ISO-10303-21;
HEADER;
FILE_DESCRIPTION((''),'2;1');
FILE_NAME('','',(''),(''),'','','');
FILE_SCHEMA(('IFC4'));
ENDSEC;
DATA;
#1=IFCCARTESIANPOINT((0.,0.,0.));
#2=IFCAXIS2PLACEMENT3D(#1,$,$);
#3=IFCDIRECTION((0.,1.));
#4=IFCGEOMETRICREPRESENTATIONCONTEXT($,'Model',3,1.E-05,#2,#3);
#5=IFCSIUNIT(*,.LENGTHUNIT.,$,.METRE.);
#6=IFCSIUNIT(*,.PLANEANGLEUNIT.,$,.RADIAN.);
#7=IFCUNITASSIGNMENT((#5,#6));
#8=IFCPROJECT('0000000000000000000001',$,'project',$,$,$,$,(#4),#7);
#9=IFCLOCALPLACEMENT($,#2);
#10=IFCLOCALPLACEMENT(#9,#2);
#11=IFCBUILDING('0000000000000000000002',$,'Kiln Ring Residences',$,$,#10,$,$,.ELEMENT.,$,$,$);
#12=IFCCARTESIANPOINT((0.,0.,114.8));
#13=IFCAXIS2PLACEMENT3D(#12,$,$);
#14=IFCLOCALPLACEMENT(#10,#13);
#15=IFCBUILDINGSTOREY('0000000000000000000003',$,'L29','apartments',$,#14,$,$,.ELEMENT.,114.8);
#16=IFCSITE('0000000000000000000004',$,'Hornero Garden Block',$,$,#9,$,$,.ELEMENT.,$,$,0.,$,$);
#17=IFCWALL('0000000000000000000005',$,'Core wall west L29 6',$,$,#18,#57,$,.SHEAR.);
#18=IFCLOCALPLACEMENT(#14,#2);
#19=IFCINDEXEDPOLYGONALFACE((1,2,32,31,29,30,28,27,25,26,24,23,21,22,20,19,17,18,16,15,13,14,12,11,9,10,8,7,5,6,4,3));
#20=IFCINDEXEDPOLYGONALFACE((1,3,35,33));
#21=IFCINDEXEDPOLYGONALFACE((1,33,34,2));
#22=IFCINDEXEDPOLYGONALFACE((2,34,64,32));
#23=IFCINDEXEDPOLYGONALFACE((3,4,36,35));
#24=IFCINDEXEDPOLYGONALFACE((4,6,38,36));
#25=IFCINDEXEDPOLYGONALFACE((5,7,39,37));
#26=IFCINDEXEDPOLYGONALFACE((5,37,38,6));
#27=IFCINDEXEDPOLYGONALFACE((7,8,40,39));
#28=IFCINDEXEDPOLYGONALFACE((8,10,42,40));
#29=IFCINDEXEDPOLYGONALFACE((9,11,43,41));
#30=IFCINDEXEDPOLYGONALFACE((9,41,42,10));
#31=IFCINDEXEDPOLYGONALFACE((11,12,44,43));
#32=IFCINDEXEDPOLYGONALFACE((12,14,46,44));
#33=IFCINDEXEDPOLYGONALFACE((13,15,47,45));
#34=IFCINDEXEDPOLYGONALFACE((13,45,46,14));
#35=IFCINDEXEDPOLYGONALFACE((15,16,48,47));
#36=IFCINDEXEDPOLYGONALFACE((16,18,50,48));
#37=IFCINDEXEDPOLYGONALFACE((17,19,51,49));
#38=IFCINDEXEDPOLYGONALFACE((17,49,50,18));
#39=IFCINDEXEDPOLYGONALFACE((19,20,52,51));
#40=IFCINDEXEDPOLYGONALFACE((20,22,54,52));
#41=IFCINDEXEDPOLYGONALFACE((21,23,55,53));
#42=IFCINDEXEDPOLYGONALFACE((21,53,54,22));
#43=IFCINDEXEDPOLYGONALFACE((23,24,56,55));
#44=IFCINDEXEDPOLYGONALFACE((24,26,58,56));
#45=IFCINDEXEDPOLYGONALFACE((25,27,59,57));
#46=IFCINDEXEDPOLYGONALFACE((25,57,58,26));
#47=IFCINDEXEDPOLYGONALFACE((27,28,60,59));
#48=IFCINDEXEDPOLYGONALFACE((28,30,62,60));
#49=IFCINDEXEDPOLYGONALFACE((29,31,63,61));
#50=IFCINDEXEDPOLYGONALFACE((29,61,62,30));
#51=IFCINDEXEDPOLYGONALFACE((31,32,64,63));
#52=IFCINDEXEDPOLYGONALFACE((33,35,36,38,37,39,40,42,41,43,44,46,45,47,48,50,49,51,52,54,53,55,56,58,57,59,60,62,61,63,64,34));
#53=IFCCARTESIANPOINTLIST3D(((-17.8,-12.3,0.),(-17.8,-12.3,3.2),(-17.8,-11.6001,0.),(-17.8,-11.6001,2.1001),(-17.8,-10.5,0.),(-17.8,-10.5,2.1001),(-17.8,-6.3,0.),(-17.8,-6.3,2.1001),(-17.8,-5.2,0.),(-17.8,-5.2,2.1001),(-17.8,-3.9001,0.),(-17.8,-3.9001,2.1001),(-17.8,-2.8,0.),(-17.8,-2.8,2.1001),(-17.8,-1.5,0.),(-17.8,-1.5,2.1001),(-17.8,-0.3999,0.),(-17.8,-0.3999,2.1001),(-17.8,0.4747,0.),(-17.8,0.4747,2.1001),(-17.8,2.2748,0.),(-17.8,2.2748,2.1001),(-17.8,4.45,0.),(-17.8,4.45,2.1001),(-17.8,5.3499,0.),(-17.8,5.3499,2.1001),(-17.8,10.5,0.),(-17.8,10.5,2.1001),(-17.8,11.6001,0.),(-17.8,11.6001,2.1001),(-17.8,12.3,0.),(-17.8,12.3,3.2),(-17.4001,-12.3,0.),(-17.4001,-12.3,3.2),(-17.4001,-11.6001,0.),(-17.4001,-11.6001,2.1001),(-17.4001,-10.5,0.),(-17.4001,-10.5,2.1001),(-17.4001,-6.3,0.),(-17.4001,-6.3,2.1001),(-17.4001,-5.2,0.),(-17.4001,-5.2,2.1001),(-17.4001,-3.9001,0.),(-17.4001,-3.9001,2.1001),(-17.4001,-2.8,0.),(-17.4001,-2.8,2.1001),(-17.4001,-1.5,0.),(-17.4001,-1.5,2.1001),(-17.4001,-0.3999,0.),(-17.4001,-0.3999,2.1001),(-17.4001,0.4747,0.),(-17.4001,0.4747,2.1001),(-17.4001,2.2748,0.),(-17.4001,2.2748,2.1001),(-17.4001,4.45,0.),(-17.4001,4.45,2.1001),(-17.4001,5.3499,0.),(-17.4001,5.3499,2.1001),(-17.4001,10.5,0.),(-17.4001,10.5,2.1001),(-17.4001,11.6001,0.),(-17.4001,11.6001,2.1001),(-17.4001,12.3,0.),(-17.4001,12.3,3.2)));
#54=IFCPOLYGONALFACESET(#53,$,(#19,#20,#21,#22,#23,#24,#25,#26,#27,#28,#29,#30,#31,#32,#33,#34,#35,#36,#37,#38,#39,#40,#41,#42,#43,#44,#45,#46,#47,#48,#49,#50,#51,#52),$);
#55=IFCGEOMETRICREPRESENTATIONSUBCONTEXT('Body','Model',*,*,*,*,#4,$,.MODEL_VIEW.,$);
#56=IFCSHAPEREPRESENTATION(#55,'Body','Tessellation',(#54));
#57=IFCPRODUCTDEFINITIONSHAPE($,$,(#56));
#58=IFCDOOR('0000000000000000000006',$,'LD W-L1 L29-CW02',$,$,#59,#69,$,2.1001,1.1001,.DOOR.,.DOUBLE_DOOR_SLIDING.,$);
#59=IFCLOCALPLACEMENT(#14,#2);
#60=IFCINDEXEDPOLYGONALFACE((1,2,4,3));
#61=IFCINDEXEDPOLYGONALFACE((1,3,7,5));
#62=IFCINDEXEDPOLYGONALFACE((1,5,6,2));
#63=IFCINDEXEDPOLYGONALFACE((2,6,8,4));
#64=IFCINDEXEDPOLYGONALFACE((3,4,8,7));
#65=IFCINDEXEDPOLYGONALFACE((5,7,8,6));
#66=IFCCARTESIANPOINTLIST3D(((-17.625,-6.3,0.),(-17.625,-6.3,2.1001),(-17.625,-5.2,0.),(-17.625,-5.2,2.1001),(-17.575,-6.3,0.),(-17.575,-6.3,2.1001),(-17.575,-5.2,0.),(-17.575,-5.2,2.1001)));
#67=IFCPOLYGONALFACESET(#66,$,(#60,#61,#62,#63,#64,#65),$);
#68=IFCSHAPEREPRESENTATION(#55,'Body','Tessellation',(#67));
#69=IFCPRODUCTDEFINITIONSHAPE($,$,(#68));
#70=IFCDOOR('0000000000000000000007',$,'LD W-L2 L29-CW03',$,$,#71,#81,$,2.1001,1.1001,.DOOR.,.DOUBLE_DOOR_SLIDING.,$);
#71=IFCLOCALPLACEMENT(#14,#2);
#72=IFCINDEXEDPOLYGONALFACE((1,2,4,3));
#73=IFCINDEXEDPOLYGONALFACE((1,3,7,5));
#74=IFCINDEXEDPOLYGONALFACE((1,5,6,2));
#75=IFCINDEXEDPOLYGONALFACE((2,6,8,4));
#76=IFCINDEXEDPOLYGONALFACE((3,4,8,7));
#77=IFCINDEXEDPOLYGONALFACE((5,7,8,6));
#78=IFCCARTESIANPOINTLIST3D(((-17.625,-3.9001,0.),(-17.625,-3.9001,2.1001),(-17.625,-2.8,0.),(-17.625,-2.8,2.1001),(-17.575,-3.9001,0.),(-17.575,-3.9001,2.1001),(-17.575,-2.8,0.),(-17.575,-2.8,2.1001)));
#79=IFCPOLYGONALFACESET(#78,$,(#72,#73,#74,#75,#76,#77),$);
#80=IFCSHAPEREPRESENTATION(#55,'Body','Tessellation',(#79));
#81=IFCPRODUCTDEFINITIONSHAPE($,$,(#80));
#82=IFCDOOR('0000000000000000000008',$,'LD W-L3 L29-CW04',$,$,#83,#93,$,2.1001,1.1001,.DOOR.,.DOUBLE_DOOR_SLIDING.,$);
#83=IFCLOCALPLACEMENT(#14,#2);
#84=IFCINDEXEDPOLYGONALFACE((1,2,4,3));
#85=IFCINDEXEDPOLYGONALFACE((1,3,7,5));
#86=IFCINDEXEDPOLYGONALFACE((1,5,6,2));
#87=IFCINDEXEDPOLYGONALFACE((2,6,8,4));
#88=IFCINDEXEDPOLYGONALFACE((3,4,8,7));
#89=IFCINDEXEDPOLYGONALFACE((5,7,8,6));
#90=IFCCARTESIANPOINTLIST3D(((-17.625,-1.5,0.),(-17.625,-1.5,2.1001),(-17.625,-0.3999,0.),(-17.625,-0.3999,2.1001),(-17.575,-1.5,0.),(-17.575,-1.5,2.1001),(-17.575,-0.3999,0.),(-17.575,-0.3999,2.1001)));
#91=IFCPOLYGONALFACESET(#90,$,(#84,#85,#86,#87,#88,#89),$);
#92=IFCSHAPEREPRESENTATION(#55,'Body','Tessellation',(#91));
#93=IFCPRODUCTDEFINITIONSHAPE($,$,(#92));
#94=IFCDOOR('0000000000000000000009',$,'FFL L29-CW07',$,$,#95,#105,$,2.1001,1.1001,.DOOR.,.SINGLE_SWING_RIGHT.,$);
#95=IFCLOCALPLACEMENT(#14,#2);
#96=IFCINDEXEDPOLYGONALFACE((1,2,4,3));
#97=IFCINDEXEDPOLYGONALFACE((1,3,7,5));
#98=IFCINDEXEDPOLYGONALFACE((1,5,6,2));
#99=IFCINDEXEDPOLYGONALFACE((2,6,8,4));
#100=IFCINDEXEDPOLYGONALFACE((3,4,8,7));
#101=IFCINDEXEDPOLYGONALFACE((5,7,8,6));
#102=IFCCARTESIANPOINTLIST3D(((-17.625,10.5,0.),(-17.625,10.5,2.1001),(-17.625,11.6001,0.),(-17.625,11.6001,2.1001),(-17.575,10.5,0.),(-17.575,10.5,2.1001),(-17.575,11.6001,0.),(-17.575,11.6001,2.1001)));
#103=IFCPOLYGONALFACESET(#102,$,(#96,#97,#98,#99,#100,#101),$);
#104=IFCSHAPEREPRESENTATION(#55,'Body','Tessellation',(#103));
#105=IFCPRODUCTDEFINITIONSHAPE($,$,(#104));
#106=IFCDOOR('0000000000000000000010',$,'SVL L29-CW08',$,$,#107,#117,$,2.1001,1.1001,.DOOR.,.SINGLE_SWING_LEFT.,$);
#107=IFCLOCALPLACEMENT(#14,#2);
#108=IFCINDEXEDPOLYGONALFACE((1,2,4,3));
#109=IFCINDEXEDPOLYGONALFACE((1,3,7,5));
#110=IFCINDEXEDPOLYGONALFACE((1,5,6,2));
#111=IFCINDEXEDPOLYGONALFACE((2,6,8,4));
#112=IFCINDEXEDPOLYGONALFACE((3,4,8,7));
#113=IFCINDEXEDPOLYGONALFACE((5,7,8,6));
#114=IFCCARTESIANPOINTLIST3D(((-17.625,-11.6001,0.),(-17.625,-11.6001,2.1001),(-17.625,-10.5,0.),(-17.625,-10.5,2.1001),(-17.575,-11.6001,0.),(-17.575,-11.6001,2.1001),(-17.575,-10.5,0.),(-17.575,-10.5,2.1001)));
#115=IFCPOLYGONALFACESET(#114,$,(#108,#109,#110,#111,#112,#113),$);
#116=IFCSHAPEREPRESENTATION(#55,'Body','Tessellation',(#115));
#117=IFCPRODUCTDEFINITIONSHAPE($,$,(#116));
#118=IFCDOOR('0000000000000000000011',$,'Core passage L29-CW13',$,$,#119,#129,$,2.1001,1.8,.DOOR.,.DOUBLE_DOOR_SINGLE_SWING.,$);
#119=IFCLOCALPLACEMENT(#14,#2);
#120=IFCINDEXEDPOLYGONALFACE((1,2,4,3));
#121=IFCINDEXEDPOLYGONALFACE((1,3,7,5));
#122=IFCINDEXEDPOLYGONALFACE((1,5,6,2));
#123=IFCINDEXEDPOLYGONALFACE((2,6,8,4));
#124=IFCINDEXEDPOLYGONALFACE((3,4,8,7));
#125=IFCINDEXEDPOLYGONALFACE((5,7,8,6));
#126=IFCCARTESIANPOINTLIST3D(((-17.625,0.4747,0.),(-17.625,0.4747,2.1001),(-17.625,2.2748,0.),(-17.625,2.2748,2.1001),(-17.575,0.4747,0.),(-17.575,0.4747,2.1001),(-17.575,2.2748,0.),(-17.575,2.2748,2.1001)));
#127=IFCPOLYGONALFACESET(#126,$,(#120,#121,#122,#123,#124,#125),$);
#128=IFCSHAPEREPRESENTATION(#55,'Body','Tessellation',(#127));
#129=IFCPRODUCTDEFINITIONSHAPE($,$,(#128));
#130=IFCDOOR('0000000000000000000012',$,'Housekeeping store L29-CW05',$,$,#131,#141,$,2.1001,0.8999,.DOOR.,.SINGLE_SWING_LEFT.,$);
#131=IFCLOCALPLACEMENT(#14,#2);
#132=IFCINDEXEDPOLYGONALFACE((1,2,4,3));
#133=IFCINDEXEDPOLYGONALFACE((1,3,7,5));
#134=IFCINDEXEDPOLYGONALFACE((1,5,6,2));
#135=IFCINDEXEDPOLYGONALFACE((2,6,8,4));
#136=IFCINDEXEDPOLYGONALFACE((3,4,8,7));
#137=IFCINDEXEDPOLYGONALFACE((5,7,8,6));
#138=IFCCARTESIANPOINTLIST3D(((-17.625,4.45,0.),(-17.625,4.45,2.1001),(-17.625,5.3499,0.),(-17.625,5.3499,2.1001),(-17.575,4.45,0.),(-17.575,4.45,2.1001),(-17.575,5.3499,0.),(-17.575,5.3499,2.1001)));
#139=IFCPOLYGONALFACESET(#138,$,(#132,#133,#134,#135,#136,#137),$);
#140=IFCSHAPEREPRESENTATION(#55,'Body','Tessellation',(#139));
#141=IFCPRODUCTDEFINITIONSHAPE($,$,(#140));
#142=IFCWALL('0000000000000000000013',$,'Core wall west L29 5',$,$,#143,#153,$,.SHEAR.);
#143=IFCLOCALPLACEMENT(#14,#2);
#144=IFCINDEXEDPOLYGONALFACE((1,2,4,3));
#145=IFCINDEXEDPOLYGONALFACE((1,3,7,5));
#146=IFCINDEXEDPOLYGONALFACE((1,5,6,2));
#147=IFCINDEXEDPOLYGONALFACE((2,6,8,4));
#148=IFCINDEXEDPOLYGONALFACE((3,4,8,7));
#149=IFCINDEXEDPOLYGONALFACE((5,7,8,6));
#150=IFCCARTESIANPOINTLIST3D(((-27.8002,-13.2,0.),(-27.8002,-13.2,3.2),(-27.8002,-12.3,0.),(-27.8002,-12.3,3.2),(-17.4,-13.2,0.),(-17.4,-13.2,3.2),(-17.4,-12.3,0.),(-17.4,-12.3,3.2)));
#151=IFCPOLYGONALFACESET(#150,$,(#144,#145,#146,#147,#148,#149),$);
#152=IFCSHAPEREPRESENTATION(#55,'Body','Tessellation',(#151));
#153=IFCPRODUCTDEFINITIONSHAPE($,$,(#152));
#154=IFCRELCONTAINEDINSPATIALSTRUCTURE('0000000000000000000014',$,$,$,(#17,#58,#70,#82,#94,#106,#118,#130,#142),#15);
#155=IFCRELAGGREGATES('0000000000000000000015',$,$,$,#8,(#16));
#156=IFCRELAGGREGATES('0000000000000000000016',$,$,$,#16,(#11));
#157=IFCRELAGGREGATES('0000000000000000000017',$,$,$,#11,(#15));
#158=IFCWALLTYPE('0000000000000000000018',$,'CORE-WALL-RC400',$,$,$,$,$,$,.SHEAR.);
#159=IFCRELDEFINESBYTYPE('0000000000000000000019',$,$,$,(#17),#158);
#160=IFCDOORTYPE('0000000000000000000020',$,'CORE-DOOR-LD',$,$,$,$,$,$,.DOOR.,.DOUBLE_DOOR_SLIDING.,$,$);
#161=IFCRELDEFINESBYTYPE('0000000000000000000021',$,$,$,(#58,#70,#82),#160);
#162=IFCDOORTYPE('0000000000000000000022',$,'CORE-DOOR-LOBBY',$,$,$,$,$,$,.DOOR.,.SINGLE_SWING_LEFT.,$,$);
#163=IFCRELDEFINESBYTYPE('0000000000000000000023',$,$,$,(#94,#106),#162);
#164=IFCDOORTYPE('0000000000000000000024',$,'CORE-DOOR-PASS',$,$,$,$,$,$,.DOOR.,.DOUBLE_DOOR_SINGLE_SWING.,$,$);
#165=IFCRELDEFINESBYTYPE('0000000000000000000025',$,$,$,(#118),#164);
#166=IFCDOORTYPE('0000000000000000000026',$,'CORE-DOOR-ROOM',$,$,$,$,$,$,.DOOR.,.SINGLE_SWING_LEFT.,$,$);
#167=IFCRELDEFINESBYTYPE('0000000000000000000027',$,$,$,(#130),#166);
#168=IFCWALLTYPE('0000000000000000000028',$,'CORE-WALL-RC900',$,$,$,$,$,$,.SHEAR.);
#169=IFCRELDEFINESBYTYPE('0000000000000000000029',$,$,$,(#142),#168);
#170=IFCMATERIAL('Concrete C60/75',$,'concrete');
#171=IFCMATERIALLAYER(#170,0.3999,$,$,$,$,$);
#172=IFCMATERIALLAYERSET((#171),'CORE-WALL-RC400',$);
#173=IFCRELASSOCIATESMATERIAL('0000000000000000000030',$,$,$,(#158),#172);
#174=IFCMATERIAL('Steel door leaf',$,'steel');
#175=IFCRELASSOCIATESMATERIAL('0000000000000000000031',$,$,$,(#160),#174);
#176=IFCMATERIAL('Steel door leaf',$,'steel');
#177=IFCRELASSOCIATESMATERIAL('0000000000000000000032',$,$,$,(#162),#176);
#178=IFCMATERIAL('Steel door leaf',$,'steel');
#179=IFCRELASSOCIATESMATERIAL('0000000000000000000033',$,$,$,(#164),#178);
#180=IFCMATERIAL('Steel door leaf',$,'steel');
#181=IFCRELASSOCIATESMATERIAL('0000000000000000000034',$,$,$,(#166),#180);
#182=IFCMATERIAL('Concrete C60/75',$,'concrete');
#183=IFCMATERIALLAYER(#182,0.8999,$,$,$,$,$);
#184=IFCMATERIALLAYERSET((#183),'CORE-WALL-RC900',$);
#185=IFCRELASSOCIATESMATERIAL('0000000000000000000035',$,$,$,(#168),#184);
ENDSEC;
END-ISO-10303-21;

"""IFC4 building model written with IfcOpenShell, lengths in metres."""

from ifc_helpers import new_model, si_unit, direction, frame, frame_2d, origin, place, context, subcontext, project, spatial, rectangle, extrude, material, layer, layer_set, type_object, element, fill, save


model = new_model("IFC4")

# Units and contexts
model_context = context("Model", 3, precision=1e-05, world=origin(), true_north=direction((0.0, 1.0)))
body_context = subcontext(model_context, "Body", "Model", "MODEL_VIEW")
ifc_project = project(units=[si_unit("LENGTHUNIT", "METRE"), si_unit("PLANEANGLEUNIT", "RADIAN")], contexts=[model_context])

# Site, building, storey
site_placement = place(None, origin())
site = spatial("IfcSite", under=ifc_project, at=site_placement, Name="Hornero Garden Block", CompositionType="ELEMENT", RefElevation=0.0)
building_placement = place(site_placement, origin())
building = spatial("IfcBuilding", under=site, at=building_placement, Name="Kiln Ring Residences", CompositionType="ELEMENT")
storey_placement = place(building_placement, frame((0.0, 0.0, 114.8)))
storey = spatial("IfcBuildingStorey", under=building, at=storey_placement, Name="L29", Description="apartments", CompositionType="ELEMENT", Elevation=114.8)

# Wall, openings, doors
ifc_material_1 = material(Name="Concrete C60/75", Category="concrete")
ifc_layer_1 = layer(ifc_material_1, 0.3999)
ifc_layer_set_1 = layer_set([ifc_layer_1], Name="CORE-WALL-RC400")
wall_type_1 = type_object("IfcWallType", Name="CORE-WALL-RC400", PredefinedType="SHEAR", material=ifc_layer_set_1)
wall_1_placement = place(storey_placement, frame((-17.6001, -12.3, 0.0), z_axis=(0.0, 0.0, 1.0), x_axis=(0.0, 1.0, 0.0)))
wall_1 = element("IfcWall", 1, at=wall_1_placement, inside=storey, type_object=wall_type_1, Name="Core wall west L29 6", PredefinedType="SHEAR", context=body_context, shape_type="SweptSolid", body=[
    extrude(rectangle(XDim=24.6001, YDim=0.3999, at=frame_2d((12.3, 0.0))), origin(), (0.0, 0.0, 1.0), 3.2),
])
opening_1_placement = place(wall_1_placement, frame((6.0, 0.0, 0.0)))
opening_1 = element("IfcOpeningElement", 2, at=opening_1_placement, cuts=wall_1, PredefinedType="OPENING", context=body_context, shape_type="SweptSolid", body=[
    extrude(rectangle(XDim=1.1001, YDim=2.1001, at=frame_2d((0.55, 1.05))), frame((0.0, 0.21, 0.0), z_axis=(0.0, -1.0, 0.0), x_axis=(1.0, 0.0, 0.0)), (0.0, 0.0, 1.0), 0.4199),
])
opening_2_placement = place(wall_1_placement, frame((8.3999, 0.0, 0.0)))
opening_2 = element("IfcOpeningElement", 3, at=opening_2_placement, cuts=wall_1, PredefinedType="OPENING", context=body_context, shape_type="SweptSolid", body=[
    extrude(rectangle(XDim=1.1001, YDim=2.1001, at=frame_2d((0.55, 1.05))), frame((0.0, 0.21, 0.0), z_axis=(0.0, -1.0, 0.0), x_axis=(1.0, 0.0, 0.0)), (0.0, 0.0, 1.0), 0.4199),
])
opening_3_placement = place(wall_1_placement, frame((10.8, 0.0, 0.0)))
opening_3 = element("IfcOpeningElement", 4, at=opening_3_placement, cuts=wall_1, PredefinedType="OPENING", context=body_context, shape_type="SweptSolid", body=[
    extrude(rectangle(XDim=1.1001, YDim=2.1001, at=frame_2d((0.55, 1.05))), frame((0.0, 0.21, 0.0), z_axis=(0.0, -1.0, 0.0), x_axis=(1.0, 0.0, 0.0)), (0.0, 0.0, 1.0), 0.4199),
])
opening_4_placement = place(wall_1_placement, frame((16.75, 0.0, 0.0)))
opening_4 = element("IfcOpeningElement", 5, at=opening_4_placement, cuts=wall_1, PredefinedType="OPENING", context=body_context, shape_type="SweptSolid", body=[
    extrude(rectangle(XDim=0.8999, YDim=2.1001, at=frame_2d((0.45, 1.05))), frame((0.0, 0.21, 0.0), z_axis=(0.0, -1.0, 0.0), x_axis=(1.0, 0.0, 0.0)), (0.0, 0.0, 1.0), 0.4199),
])
opening_5_placement = place(wall_1_placement, frame((22.8, 0.0, 0.0)))
opening_5 = element("IfcOpeningElement", 6, at=opening_5_placement, cuts=wall_1, PredefinedType="OPENING", context=body_context, shape_type="SweptSolid", body=[
    extrude(rectangle(XDim=1.1001, YDim=2.1001, at=frame_2d((0.55, 1.05))), frame((0.0, 0.21, 0.0), z_axis=(0.0, -1.0, 0.0), x_axis=(1.0, 0.0, 0.0)), (0.0, 0.0, 1.0), 0.4199),
])
opening_6_placement = place(wall_1_placement, frame((0.7, 0.0, 0.0)))
opening_6 = element("IfcOpeningElement", 7, at=opening_6_placement, cuts=wall_1, PredefinedType="OPENING", context=body_context, shape_type="SweptSolid", body=[
    extrude(rectangle(XDim=1.1001, YDim=2.1001, at=frame_2d((0.55, 1.05))), frame((0.0, 0.21, 0.0), z_axis=(0.0, -1.0, 0.0), x_axis=(1.0, 0.0, 0.0)), (0.0, 0.0, 1.0), 0.4199),
])
opening_7_placement = place(wall_1_placement, frame((12.7749, 0.0, 0.0)))
opening_7 = element("IfcOpeningElement", 8, at=opening_7_placement, cuts=wall_1, PredefinedType="OPENING", context=body_context, shape_type="SweptSolid", body=[
    extrude(rectangle(XDim=1.8, YDim=2.1001, at=frame_2d((0.8999, 1.05))), frame((0.0, 0.21, 0.0), z_axis=(0.0, -1.0, 0.0), x_axis=(1.0, 0.0, 0.0)), (0.0, 0.0, 1.0), 0.4199),
])
ifc_material_2 = material(Name="Steel door leaf", Category="steel")
door_type_1 = type_object("IfcDoorType", Name="CORE-DOOR-LD", OperationType="DOUBLE_DOOR_SLIDING", PredefinedType="DOOR", material=ifc_material_2)
door_1_placement = place(opening_1_placement, origin())
door_1 = element("IfcDoor", 9, at=door_1_placement, inside=storey, type_object=door_type_1, Name="LD W-L1 L29-CW02", OperationType="DOUBLE_DOOR_SLIDING", OverallHeight=2.1001, OverallWidth=1.1001, PredefinedType="DOOR", context=body_context, shape_type="SweptSolid", body=[
    extrude(rectangle(XDim=1.1001, YDim=2.1001, at=frame_2d((0.55, 1.05))), frame((0.0, 0.0249, 0.0), z_axis=(0.0, -1.0, 0.0), x_axis=(1.0, 0.0, 0.0)), (0.0, 0.0, 1.0), 0.05),
])
fill(opening_1, door_1)
door_2_placement = place(opening_2_placement, origin())
door_2 = element("IfcDoor", 10, at=door_2_placement, inside=storey, type_object=door_type_1, Name="LD W-L2 L29-CW03", OperationType="DOUBLE_DOOR_SLIDING", OverallHeight=2.1001, OverallWidth=1.1001, PredefinedType="DOOR", context=body_context, shape_type="SweptSolid", body=[
    extrude(rectangle(XDim=1.1001, YDim=2.1001, at=frame_2d((0.55, 1.05))), frame((0.0, 0.0249, 0.0), z_axis=(0.0, -1.0, 0.0), x_axis=(1.0, 0.0, 0.0)), (0.0, 0.0, 1.0), 0.05),
])
fill(opening_2, door_2)
door_3_placement = place(opening_3_placement, origin())
door_3 = element("IfcDoor", 11, at=door_3_placement, inside=storey, type_object=door_type_1, Name="LD W-L3 L29-CW04", OperationType="DOUBLE_DOOR_SLIDING", OverallHeight=2.1001, OverallWidth=1.1001, PredefinedType="DOOR", context=body_context, shape_type="SweptSolid", body=[
    extrude(rectangle(XDim=1.1001, YDim=2.1001, at=frame_2d((0.55, 1.05))), frame((0.0, 0.0249, 0.0), z_axis=(0.0, -1.0, 0.0), x_axis=(1.0, 0.0, 0.0)), (0.0, 0.0, 1.0), 0.05),
])
fill(opening_3, door_3)
ifc_material_3 = material(Name="Steel door leaf", Category="steel")
door_type_2 = type_object("IfcDoorType", Name="CORE-DOOR-LOBBY", OperationType="SINGLE_SWING_LEFT", PredefinedType="DOOR", material=ifc_material_3)
door_4_placement = place(opening_5_placement, origin())
door_4 = element("IfcDoor", 12, at=door_4_placement, inside=storey, type_object=door_type_2, Name="FFL L29-CW07", OperationType="SINGLE_SWING_RIGHT", OverallHeight=2.1001, OverallWidth=1.1001, PredefinedType="DOOR", context=body_context, shape_type="SweptSolid", body=[
    extrude(rectangle(XDim=1.1001, YDim=2.1001, at=frame_2d((0.55, 1.05))), frame((0.0, 0.0249, 0.0), z_axis=(0.0, -1.0, 0.0), x_axis=(1.0, 0.0, 0.0)), (0.0, 0.0, 1.0), 0.05),
])
fill(opening_5, door_4)
door_5_placement = place(opening_6_placement, origin())
door_5 = element("IfcDoor", 13, at=door_5_placement, inside=storey, type_object=door_type_2, Name="SVL L29-CW08", OperationType="SINGLE_SWING_LEFT", OverallHeight=2.1001, OverallWidth=1.1001, PredefinedType="DOOR", context=body_context, shape_type="SweptSolid", body=[
    extrude(rectangle(XDim=1.1001, YDim=2.1001, at=frame_2d((0.55, 1.05))), frame((0.0, 0.0249, 0.0), z_axis=(0.0, -1.0, 0.0), x_axis=(1.0, 0.0, 0.0)), (0.0, 0.0, 1.0), 0.05),
])
fill(opening_6, door_5)
ifc_material_4 = material(Name="Steel door leaf", Category="steel")
door_type_3 = type_object("IfcDoorType", Name="CORE-DOOR-PASS", OperationType="DOUBLE_DOOR_SINGLE_SWING", PredefinedType="DOOR", material=ifc_material_4)
door_6_placement = place(opening_7_placement, origin())
door_6 = element("IfcDoor", 14, at=door_6_placement, inside=storey, type_object=door_type_3, Name="Core passage L29-CW13", OperationType="DOUBLE_DOOR_SINGLE_SWING", OverallHeight=2.1001, OverallWidth=1.8, PredefinedType="DOOR", context=body_context, shape_type="SweptSolid", body=[
    extrude(rectangle(XDim=1.8, YDim=2.1001, at=frame_2d((0.8999, 1.05))), frame((0.0, 0.0249, 0.0), z_axis=(0.0, -1.0, 0.0), x_axis=(1.0, 0.0, 0.0)), (0.0, 0.0, 1.0), 0.05),
])
fill(opening_7, door_6)
ifc_material_5 = material(Name="Steel door leaf", Category="steel")
door_type_4 = type_object("IfcDoorType", Name="CORE-DOOR-ROOM", OperationType="SINGLE_SWING_LEFT", PredefinedType="DOOR", material=ifc_material_5)
door_7_placement = place(opening_4_placement, origin())
door_7 = element("IfcDoor", 15, at=door_7_placement, inside=storey, type_object=door_type_4, Name="Housekeeping store L29-CW05", OperationType="SINGLE_SWING_LEFT", OverallHeight=2.1001, OverallWidth=0.8999, PredefinedType="DOOR", context=body_context, shape_type="SweptSolid", body=[
    extrude(rectangle(XDim=0.8999, YDim=2.1001, at=frame_2d((0.45, 1.05))), frame((0.0, 0.0249, 0.0), z_axis=(0.0, -1.0, 0.0), x_axis=(1.0, 0.0, 0.0)), (0.0, 0.0, 1.0), 0.05),
])
fill(opening_4, door_7)

# Wall
ifc_material_6 = material(Name="Concrete C60/75", Category="concrete")
ifc_layer_2 = layer(ifc_material_6, 0.8999)
ifc_layer_set_2 = layer_set([ifc_layer_2], Name="CORE-WALL-RC900")
wall_type_2 = type_object("IfcWallType", Name="CORE-WALL-RC900", PredefinedType="SHEAR", material=ifc_layer_set_2)
wall_2_placement = place(storey_placement, frame((-17.3999, -12.75, 0.0), z_axis=(0.0, 0.0, 1.0), x_axis=(-1.0, 0.0, 0.0)))
element("IfcWall", 16, at=wall_2_placement, inside=storey, type_object=wall_type_2, Name="Core wall west L29 5", PredefinedType="SHEAR", context=body_context, shape_type="SweptSolid", body=[
    extrude(rectangle(XDim=10.4001, YDim=0.8999, at=frame_2d((5.2002, 0.0))), origin(), (0.0, 0.0, 1.0), 3.2),
])

save(model, "model.ifc")
